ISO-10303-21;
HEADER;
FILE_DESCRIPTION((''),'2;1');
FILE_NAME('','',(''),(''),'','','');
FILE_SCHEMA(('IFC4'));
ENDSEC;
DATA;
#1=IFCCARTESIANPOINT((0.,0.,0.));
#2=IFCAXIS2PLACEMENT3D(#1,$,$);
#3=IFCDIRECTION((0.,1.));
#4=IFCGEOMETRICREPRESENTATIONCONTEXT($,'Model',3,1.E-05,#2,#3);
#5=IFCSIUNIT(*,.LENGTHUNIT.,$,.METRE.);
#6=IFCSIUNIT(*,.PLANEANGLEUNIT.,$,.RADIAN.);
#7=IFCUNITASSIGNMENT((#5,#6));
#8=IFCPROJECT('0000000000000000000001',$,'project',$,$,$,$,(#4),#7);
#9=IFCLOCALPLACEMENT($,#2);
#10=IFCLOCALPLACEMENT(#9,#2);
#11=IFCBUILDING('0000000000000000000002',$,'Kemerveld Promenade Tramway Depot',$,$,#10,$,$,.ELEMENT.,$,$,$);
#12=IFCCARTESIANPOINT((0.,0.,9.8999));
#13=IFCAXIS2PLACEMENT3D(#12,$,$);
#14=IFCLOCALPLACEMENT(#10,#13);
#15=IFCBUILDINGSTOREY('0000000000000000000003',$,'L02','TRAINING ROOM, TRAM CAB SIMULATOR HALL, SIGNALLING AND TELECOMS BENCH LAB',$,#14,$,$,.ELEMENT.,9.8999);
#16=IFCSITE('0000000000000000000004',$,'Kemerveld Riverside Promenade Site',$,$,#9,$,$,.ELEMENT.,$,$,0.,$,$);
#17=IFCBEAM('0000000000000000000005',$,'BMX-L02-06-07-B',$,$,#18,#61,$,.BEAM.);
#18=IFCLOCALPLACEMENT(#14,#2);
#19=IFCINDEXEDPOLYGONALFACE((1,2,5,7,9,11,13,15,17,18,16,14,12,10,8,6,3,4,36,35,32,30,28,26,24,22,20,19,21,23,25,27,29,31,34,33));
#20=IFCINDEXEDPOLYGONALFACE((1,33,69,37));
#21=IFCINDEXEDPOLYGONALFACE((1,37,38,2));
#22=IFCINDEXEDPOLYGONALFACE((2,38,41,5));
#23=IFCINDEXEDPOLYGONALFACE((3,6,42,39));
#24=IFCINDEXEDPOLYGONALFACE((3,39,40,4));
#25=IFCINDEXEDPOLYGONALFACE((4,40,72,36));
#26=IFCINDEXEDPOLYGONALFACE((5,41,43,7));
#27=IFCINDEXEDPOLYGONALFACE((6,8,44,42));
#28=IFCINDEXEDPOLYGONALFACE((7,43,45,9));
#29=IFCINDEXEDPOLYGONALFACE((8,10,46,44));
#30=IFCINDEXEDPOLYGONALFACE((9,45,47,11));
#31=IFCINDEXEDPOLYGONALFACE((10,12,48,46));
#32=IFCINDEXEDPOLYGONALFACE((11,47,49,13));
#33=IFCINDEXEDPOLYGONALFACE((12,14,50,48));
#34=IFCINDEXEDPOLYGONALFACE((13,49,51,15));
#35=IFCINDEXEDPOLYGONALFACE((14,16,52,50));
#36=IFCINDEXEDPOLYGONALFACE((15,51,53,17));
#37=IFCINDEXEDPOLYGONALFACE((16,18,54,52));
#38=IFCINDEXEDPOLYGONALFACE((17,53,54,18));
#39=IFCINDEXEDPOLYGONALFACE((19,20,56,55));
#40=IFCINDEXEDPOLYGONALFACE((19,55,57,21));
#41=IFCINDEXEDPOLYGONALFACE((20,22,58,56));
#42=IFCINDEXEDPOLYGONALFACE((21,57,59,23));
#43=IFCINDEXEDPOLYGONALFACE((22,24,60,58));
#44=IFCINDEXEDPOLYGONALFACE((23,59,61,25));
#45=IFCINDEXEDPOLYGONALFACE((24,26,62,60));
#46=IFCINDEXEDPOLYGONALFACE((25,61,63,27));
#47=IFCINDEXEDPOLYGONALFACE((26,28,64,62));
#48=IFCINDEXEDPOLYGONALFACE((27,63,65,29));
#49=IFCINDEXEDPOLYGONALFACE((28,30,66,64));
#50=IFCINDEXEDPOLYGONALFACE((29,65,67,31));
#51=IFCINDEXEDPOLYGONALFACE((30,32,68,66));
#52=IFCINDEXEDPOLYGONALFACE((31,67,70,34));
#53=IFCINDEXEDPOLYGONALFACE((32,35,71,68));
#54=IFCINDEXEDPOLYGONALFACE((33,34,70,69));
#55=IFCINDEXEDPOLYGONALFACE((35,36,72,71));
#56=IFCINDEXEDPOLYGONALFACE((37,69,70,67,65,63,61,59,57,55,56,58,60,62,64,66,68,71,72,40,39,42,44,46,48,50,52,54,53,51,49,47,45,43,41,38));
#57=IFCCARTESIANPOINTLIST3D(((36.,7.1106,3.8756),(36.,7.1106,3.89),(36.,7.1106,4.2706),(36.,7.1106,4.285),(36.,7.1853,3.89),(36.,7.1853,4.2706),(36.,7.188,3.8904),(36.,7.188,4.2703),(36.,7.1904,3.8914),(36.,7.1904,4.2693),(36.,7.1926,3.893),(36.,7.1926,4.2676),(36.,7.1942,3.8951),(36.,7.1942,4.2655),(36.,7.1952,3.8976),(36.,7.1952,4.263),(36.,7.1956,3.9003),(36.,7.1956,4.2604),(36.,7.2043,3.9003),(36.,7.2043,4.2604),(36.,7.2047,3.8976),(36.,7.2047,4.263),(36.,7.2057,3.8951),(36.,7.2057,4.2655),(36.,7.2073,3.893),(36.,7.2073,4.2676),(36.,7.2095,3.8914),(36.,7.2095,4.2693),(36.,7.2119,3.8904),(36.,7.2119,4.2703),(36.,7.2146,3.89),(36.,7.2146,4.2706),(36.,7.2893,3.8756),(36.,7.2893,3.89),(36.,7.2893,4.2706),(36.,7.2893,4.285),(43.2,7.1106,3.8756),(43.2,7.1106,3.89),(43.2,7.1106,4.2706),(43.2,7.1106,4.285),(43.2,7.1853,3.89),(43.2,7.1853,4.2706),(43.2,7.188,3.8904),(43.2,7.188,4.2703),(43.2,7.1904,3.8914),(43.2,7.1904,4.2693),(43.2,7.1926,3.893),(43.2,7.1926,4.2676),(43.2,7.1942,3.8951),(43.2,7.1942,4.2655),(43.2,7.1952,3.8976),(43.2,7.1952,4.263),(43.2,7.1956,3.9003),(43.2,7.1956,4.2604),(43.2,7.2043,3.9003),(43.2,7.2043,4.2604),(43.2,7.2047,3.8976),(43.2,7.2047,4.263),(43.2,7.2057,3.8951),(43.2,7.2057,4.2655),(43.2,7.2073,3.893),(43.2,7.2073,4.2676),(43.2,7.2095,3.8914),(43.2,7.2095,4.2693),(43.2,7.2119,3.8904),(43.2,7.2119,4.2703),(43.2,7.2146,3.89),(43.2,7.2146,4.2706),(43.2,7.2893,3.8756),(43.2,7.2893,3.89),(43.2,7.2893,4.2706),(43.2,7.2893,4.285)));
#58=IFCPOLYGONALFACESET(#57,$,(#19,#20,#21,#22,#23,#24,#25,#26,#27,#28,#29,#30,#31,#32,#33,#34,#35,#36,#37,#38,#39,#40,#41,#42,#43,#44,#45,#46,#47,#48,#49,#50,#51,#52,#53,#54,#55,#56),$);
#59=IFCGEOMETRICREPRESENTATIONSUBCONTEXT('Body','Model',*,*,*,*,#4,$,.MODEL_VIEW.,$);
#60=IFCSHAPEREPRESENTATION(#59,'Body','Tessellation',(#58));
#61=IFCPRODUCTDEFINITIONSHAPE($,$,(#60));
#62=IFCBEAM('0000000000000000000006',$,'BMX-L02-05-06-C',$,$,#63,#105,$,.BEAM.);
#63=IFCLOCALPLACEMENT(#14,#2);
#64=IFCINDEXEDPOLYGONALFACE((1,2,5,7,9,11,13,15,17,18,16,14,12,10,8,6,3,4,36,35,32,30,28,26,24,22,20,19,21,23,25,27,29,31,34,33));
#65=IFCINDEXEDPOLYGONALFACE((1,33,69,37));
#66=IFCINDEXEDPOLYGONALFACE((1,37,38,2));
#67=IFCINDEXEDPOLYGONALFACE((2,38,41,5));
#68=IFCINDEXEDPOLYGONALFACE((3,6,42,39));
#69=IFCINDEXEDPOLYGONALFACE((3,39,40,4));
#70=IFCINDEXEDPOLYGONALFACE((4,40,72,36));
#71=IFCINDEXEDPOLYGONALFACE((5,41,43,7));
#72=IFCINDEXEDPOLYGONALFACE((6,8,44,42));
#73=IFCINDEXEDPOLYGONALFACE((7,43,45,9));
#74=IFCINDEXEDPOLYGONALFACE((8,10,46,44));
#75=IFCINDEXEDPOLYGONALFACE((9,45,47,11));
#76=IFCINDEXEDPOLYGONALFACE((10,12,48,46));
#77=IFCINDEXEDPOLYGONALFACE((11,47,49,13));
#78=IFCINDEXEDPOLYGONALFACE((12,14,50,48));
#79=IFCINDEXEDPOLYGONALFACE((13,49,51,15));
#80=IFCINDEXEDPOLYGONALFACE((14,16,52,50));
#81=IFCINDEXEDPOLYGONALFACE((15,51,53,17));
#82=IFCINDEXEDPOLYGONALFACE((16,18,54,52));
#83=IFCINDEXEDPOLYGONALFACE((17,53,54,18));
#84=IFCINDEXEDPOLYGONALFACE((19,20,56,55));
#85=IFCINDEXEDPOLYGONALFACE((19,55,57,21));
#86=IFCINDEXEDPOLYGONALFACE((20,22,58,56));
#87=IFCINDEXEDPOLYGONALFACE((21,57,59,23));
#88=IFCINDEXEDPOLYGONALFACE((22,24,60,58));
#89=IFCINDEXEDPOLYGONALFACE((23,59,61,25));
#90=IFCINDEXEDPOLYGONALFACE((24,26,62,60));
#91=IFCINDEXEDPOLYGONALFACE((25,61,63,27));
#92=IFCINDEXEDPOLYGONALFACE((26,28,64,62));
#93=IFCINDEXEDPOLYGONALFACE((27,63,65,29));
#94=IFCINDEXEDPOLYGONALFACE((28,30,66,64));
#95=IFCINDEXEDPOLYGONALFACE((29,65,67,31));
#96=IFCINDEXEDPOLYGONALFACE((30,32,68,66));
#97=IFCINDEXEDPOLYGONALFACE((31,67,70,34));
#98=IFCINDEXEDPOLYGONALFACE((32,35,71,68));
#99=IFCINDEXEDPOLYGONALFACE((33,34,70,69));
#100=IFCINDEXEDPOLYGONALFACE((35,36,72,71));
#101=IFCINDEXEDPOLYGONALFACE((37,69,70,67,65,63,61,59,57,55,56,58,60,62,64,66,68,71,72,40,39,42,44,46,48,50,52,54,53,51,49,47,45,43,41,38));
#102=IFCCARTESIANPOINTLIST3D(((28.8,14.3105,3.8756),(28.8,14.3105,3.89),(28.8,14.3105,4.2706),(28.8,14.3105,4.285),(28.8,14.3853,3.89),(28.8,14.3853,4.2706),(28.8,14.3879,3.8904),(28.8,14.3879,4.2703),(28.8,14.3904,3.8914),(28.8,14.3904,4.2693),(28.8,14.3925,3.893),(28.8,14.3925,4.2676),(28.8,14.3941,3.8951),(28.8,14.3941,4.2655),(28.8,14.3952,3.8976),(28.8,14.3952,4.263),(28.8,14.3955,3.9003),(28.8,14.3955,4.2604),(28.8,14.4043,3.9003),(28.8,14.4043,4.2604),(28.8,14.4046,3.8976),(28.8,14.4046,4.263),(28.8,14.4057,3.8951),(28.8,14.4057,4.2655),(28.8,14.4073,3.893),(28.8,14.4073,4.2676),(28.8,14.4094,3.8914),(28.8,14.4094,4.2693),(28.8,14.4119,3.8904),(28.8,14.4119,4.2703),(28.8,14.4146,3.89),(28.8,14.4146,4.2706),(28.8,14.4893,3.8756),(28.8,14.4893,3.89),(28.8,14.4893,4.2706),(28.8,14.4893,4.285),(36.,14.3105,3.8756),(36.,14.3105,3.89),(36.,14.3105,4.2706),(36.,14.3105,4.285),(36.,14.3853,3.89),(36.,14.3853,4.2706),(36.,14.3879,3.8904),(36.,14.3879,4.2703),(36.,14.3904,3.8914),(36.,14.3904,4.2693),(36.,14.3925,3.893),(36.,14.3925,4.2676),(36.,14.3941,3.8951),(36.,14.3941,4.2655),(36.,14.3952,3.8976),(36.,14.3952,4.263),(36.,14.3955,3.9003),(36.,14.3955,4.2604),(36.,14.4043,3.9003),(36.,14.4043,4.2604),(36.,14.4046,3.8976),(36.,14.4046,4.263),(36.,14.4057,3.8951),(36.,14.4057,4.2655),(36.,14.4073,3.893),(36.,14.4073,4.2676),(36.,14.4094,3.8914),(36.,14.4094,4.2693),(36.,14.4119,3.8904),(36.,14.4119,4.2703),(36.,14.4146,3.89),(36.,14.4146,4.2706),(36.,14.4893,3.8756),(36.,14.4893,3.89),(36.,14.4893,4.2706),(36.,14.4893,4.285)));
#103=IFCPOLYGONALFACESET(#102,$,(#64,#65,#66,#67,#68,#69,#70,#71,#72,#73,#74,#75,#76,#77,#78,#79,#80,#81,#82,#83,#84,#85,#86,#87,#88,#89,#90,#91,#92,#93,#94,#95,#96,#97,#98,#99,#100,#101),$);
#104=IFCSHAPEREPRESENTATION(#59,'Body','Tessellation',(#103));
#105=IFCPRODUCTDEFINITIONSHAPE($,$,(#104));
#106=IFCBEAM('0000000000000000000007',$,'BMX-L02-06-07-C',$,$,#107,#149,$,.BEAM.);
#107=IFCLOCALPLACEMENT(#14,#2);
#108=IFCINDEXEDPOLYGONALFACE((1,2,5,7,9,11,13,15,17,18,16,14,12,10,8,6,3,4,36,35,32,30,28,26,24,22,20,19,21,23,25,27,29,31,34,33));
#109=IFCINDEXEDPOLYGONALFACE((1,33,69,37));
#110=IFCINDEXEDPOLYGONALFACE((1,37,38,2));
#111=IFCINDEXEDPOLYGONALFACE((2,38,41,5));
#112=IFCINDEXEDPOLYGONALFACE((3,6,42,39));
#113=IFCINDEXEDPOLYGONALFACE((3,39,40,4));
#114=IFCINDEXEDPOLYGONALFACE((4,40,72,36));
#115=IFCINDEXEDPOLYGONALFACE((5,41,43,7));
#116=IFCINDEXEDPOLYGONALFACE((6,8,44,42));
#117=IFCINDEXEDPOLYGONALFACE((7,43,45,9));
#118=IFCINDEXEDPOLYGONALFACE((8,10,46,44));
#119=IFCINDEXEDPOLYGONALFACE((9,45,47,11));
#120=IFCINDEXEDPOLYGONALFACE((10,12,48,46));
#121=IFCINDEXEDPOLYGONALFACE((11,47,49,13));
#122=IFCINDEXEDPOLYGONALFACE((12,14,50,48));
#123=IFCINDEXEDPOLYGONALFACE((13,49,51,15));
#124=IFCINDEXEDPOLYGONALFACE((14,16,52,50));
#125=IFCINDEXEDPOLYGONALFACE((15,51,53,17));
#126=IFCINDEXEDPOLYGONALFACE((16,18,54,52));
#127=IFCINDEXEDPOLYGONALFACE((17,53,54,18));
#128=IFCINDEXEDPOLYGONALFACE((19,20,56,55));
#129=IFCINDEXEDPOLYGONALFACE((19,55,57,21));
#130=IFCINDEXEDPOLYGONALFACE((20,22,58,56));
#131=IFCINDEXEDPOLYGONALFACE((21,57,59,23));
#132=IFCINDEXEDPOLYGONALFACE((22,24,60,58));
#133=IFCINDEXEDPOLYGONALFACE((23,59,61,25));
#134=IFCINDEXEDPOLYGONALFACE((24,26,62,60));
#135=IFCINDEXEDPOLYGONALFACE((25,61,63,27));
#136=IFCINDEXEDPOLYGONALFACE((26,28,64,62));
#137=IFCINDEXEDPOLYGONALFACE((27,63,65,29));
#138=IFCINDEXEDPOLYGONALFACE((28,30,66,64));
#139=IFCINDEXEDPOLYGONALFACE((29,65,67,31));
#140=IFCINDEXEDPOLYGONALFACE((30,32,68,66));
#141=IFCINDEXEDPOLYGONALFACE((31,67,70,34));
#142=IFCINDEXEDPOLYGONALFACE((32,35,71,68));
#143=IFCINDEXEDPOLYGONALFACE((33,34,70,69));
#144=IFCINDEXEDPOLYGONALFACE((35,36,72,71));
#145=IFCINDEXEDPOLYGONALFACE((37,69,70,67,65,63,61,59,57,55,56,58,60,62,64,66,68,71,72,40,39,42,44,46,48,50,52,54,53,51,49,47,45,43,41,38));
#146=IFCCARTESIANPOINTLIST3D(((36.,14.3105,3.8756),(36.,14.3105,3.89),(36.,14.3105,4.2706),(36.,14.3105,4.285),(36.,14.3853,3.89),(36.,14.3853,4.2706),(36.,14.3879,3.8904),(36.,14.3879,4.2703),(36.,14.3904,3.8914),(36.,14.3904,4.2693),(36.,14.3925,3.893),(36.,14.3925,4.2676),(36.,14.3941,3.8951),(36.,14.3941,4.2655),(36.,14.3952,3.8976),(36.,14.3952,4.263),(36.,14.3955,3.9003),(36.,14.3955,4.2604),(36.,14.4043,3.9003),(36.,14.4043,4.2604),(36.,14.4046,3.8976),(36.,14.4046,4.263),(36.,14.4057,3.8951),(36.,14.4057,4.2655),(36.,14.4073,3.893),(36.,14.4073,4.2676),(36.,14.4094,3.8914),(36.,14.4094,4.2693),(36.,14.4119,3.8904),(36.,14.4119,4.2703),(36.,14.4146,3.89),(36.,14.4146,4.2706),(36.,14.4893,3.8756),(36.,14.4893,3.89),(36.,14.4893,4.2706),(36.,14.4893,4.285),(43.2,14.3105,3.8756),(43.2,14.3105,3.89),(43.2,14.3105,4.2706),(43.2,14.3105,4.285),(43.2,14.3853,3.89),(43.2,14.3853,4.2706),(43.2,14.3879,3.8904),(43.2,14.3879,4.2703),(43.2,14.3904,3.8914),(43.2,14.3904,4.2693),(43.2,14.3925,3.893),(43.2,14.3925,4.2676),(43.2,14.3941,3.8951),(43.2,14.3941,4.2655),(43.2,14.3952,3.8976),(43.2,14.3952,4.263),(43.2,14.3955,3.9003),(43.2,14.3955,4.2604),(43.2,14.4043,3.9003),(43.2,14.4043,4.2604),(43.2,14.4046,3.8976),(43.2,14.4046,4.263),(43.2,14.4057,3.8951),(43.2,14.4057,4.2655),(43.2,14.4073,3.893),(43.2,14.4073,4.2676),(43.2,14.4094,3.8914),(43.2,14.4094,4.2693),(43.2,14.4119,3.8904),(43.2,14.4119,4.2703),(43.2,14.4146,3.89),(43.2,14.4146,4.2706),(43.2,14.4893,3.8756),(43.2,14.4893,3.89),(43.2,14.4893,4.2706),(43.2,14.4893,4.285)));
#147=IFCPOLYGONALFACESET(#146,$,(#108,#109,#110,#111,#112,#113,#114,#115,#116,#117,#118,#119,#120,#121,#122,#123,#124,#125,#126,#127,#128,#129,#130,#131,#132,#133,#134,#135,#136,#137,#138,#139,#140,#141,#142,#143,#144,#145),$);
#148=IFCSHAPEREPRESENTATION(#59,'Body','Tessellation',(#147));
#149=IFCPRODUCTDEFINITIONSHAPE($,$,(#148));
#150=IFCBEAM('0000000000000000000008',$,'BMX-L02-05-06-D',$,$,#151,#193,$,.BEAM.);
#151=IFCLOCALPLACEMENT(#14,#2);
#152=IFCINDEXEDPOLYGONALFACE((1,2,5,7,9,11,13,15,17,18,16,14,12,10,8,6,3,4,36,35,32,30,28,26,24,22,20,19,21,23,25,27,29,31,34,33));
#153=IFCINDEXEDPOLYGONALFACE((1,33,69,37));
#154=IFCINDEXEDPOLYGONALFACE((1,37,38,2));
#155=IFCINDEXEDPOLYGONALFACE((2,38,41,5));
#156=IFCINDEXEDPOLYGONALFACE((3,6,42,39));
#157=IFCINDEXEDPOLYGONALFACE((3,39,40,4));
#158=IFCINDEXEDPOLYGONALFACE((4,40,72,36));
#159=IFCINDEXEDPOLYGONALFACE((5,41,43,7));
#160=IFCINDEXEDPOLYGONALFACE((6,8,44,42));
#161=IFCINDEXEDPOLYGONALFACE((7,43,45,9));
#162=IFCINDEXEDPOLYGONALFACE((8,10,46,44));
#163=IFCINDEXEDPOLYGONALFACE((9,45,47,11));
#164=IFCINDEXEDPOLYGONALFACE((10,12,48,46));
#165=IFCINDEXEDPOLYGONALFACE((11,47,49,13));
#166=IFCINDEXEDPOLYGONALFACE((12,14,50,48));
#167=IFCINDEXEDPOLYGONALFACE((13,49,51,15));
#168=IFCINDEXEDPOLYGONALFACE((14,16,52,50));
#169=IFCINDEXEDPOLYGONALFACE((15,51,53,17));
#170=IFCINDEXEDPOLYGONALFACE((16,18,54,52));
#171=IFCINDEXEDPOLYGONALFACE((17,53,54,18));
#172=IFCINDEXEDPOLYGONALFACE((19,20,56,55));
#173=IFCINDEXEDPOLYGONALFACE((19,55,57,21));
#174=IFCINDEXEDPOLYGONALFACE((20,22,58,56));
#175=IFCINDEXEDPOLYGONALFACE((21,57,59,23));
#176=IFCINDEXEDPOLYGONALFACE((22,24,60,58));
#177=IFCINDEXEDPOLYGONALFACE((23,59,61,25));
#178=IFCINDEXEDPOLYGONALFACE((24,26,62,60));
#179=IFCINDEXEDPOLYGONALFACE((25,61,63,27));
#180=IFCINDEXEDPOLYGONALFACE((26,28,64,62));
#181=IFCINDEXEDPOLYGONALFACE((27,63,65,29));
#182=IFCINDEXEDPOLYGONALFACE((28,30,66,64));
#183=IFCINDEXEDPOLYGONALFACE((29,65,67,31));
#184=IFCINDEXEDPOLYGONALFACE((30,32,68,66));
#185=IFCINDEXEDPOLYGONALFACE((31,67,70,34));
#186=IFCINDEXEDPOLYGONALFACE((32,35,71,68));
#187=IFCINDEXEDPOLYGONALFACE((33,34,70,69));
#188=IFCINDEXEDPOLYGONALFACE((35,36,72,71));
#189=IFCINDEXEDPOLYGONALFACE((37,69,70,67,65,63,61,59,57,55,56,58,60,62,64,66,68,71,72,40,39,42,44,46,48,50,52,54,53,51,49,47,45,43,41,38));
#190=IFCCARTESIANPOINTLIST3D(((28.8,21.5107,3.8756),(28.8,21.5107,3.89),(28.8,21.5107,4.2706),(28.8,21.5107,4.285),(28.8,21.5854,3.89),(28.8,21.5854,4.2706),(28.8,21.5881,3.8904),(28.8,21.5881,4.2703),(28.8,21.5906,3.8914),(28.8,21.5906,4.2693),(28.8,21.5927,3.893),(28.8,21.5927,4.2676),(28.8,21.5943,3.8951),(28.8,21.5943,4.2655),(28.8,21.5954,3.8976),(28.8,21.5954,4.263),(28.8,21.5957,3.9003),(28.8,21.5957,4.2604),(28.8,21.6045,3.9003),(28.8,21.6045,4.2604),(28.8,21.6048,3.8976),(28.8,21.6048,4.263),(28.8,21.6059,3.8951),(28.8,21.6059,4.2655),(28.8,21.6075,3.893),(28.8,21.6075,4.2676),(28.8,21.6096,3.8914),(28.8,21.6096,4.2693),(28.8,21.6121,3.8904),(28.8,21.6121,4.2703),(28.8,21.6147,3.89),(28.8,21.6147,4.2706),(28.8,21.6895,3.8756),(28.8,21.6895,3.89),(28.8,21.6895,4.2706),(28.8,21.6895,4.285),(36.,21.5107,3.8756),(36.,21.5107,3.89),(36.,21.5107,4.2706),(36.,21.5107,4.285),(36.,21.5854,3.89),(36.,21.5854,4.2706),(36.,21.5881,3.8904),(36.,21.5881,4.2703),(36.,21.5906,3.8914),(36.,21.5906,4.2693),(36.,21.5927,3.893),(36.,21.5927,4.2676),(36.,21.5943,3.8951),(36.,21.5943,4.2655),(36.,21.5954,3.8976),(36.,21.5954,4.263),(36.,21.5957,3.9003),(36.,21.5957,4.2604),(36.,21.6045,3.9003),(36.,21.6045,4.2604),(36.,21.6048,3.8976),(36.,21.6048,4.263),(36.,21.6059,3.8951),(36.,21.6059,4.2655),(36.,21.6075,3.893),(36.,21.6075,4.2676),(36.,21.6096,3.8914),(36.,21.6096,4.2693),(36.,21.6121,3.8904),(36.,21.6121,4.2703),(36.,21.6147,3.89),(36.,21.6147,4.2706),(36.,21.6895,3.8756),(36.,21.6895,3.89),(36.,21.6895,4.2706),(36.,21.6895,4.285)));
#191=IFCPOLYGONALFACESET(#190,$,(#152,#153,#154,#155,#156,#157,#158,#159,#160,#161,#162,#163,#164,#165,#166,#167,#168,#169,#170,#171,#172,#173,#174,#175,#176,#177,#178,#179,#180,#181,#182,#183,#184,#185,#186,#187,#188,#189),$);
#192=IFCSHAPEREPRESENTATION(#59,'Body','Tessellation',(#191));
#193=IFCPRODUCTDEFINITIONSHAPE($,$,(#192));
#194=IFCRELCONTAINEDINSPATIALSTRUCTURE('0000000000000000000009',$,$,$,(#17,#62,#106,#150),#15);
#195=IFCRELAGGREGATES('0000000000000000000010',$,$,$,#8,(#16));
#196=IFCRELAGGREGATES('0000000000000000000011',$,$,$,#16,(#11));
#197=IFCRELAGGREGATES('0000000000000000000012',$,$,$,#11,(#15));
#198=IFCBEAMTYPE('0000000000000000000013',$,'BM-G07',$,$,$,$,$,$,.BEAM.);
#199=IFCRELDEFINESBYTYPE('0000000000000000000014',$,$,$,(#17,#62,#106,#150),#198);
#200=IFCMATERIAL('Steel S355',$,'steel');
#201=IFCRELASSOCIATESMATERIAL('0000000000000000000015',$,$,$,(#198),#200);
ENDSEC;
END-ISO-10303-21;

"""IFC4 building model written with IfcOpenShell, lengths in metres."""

from ifc_helpers import new_model, si_unit, direction, frame, origin, origin_2d, place, context, subcontext, project, spatial, i_section, extrude, material, material_profile, profile_set, type_object, element, save


model = new_model("IFC4")

# Units and contexts
model_context = context("Model", 3, precision=1e-05, world=origin(), true_north=direction((0.0, 1.0)))
body_context = subcontext(model_context, "Body", "Model", "MODEL_VIEW")
ifc_project = project(units=[si_unit("LENGTHUNIT", "METRE"), si_unit("PLANEANGLEUNIT", "RADIAN")], contexts=[model_context])

# Site, building, storey
site_placement = place(None, origin())
site = spatial("IfcSite", under=ifc_project, at=site_placement, Name="Kemerveld Riverside Promenade Site", CompositionType="ELEMENT", RefElevation=0.0)
building_placement = place(site_placement, origin())
building = spatial("IfcBuilding", under=site, at=building_placement, Name="Kemerveld Promenade Tramway Depot", CompositionType="ELEMENT")
storey_placement = place(building_placement, frame((0.0, 0.0, 9.8999)))
storey = spatial("IfcBuildingStorey", under=building, at=storey_placement, Name="L02", Description="TRAINING ROOM, TRAM CAB SIMULATOR HALL, SIGNALLING AND TELECOMS BENCH LAB", CompositionType="ELEMENT", Elevation=9.8999)

# Shared definitions
ifc_material_1 = material(Name="Steel S355", Category="steel")

# Beams
ifc_material_profile_1 = material_profile(ifc_material_1, i_section(OverallWidth=0.1787, OverallDepth=0.4094, WebThickness=0.0088, FlangeThickness=0.0144, FilletRadius=0.0103, at=origin_2d()), Name="406x178x67 UB")
ifc_profile_set_1 = profile_set([ifc_material_profile_1], Name="Steel S355")
beam_type_1 = type_object("IfcBeamType", Name="BM-G07", PredefinedType="BEAM", material=ifc_profile_set_1)
for number, where, z_axis, x_axis, name in (
    (1, (36.0, 7.2, 4.0803), (1.0, 0.0, 0.0), (0.0, 1.0, 0.0), "BMX-L02-06-07-B"),
    (2, (28.8, 14.3999, 4.0803), (1.0, 0.0, 0.0), (0.0, 1.0, 0.0), "BMX-L02-05-06-C"),
    (3, (36.0, 14.3999, 4.0803), (1.0, 0.0, 0.0), (0.0, 1.0, 0.0), "BMX-L02-06-07-C"),
    (4, (28.8, 21.6001, 4.0803), (1.0, 0.0, 0.0), (0.0, 1.0, 0.0), "BMX-L02-05-06-D"),
):
    element("IfcBeam", number, at=place(storey_placement, frame(where, z_axis=z_axis, x_axis=x_axis)), inside=storey, type_object=beam_type_1, Name=name, PredefinedType="BEAM", context=body_context, shape_type="SweptSolid", body=[
        extrude(i_section(OverallWidth=0.1787, OverallDepth=0.4094, WebThickness=0.0088, FlangeThickness=0.0144, FilletRadius=0.0103, at=origin_2d()), origin(), (0.0, 0.0, 1.0), 7.2),
    ])

save(model, "model.ifc")
